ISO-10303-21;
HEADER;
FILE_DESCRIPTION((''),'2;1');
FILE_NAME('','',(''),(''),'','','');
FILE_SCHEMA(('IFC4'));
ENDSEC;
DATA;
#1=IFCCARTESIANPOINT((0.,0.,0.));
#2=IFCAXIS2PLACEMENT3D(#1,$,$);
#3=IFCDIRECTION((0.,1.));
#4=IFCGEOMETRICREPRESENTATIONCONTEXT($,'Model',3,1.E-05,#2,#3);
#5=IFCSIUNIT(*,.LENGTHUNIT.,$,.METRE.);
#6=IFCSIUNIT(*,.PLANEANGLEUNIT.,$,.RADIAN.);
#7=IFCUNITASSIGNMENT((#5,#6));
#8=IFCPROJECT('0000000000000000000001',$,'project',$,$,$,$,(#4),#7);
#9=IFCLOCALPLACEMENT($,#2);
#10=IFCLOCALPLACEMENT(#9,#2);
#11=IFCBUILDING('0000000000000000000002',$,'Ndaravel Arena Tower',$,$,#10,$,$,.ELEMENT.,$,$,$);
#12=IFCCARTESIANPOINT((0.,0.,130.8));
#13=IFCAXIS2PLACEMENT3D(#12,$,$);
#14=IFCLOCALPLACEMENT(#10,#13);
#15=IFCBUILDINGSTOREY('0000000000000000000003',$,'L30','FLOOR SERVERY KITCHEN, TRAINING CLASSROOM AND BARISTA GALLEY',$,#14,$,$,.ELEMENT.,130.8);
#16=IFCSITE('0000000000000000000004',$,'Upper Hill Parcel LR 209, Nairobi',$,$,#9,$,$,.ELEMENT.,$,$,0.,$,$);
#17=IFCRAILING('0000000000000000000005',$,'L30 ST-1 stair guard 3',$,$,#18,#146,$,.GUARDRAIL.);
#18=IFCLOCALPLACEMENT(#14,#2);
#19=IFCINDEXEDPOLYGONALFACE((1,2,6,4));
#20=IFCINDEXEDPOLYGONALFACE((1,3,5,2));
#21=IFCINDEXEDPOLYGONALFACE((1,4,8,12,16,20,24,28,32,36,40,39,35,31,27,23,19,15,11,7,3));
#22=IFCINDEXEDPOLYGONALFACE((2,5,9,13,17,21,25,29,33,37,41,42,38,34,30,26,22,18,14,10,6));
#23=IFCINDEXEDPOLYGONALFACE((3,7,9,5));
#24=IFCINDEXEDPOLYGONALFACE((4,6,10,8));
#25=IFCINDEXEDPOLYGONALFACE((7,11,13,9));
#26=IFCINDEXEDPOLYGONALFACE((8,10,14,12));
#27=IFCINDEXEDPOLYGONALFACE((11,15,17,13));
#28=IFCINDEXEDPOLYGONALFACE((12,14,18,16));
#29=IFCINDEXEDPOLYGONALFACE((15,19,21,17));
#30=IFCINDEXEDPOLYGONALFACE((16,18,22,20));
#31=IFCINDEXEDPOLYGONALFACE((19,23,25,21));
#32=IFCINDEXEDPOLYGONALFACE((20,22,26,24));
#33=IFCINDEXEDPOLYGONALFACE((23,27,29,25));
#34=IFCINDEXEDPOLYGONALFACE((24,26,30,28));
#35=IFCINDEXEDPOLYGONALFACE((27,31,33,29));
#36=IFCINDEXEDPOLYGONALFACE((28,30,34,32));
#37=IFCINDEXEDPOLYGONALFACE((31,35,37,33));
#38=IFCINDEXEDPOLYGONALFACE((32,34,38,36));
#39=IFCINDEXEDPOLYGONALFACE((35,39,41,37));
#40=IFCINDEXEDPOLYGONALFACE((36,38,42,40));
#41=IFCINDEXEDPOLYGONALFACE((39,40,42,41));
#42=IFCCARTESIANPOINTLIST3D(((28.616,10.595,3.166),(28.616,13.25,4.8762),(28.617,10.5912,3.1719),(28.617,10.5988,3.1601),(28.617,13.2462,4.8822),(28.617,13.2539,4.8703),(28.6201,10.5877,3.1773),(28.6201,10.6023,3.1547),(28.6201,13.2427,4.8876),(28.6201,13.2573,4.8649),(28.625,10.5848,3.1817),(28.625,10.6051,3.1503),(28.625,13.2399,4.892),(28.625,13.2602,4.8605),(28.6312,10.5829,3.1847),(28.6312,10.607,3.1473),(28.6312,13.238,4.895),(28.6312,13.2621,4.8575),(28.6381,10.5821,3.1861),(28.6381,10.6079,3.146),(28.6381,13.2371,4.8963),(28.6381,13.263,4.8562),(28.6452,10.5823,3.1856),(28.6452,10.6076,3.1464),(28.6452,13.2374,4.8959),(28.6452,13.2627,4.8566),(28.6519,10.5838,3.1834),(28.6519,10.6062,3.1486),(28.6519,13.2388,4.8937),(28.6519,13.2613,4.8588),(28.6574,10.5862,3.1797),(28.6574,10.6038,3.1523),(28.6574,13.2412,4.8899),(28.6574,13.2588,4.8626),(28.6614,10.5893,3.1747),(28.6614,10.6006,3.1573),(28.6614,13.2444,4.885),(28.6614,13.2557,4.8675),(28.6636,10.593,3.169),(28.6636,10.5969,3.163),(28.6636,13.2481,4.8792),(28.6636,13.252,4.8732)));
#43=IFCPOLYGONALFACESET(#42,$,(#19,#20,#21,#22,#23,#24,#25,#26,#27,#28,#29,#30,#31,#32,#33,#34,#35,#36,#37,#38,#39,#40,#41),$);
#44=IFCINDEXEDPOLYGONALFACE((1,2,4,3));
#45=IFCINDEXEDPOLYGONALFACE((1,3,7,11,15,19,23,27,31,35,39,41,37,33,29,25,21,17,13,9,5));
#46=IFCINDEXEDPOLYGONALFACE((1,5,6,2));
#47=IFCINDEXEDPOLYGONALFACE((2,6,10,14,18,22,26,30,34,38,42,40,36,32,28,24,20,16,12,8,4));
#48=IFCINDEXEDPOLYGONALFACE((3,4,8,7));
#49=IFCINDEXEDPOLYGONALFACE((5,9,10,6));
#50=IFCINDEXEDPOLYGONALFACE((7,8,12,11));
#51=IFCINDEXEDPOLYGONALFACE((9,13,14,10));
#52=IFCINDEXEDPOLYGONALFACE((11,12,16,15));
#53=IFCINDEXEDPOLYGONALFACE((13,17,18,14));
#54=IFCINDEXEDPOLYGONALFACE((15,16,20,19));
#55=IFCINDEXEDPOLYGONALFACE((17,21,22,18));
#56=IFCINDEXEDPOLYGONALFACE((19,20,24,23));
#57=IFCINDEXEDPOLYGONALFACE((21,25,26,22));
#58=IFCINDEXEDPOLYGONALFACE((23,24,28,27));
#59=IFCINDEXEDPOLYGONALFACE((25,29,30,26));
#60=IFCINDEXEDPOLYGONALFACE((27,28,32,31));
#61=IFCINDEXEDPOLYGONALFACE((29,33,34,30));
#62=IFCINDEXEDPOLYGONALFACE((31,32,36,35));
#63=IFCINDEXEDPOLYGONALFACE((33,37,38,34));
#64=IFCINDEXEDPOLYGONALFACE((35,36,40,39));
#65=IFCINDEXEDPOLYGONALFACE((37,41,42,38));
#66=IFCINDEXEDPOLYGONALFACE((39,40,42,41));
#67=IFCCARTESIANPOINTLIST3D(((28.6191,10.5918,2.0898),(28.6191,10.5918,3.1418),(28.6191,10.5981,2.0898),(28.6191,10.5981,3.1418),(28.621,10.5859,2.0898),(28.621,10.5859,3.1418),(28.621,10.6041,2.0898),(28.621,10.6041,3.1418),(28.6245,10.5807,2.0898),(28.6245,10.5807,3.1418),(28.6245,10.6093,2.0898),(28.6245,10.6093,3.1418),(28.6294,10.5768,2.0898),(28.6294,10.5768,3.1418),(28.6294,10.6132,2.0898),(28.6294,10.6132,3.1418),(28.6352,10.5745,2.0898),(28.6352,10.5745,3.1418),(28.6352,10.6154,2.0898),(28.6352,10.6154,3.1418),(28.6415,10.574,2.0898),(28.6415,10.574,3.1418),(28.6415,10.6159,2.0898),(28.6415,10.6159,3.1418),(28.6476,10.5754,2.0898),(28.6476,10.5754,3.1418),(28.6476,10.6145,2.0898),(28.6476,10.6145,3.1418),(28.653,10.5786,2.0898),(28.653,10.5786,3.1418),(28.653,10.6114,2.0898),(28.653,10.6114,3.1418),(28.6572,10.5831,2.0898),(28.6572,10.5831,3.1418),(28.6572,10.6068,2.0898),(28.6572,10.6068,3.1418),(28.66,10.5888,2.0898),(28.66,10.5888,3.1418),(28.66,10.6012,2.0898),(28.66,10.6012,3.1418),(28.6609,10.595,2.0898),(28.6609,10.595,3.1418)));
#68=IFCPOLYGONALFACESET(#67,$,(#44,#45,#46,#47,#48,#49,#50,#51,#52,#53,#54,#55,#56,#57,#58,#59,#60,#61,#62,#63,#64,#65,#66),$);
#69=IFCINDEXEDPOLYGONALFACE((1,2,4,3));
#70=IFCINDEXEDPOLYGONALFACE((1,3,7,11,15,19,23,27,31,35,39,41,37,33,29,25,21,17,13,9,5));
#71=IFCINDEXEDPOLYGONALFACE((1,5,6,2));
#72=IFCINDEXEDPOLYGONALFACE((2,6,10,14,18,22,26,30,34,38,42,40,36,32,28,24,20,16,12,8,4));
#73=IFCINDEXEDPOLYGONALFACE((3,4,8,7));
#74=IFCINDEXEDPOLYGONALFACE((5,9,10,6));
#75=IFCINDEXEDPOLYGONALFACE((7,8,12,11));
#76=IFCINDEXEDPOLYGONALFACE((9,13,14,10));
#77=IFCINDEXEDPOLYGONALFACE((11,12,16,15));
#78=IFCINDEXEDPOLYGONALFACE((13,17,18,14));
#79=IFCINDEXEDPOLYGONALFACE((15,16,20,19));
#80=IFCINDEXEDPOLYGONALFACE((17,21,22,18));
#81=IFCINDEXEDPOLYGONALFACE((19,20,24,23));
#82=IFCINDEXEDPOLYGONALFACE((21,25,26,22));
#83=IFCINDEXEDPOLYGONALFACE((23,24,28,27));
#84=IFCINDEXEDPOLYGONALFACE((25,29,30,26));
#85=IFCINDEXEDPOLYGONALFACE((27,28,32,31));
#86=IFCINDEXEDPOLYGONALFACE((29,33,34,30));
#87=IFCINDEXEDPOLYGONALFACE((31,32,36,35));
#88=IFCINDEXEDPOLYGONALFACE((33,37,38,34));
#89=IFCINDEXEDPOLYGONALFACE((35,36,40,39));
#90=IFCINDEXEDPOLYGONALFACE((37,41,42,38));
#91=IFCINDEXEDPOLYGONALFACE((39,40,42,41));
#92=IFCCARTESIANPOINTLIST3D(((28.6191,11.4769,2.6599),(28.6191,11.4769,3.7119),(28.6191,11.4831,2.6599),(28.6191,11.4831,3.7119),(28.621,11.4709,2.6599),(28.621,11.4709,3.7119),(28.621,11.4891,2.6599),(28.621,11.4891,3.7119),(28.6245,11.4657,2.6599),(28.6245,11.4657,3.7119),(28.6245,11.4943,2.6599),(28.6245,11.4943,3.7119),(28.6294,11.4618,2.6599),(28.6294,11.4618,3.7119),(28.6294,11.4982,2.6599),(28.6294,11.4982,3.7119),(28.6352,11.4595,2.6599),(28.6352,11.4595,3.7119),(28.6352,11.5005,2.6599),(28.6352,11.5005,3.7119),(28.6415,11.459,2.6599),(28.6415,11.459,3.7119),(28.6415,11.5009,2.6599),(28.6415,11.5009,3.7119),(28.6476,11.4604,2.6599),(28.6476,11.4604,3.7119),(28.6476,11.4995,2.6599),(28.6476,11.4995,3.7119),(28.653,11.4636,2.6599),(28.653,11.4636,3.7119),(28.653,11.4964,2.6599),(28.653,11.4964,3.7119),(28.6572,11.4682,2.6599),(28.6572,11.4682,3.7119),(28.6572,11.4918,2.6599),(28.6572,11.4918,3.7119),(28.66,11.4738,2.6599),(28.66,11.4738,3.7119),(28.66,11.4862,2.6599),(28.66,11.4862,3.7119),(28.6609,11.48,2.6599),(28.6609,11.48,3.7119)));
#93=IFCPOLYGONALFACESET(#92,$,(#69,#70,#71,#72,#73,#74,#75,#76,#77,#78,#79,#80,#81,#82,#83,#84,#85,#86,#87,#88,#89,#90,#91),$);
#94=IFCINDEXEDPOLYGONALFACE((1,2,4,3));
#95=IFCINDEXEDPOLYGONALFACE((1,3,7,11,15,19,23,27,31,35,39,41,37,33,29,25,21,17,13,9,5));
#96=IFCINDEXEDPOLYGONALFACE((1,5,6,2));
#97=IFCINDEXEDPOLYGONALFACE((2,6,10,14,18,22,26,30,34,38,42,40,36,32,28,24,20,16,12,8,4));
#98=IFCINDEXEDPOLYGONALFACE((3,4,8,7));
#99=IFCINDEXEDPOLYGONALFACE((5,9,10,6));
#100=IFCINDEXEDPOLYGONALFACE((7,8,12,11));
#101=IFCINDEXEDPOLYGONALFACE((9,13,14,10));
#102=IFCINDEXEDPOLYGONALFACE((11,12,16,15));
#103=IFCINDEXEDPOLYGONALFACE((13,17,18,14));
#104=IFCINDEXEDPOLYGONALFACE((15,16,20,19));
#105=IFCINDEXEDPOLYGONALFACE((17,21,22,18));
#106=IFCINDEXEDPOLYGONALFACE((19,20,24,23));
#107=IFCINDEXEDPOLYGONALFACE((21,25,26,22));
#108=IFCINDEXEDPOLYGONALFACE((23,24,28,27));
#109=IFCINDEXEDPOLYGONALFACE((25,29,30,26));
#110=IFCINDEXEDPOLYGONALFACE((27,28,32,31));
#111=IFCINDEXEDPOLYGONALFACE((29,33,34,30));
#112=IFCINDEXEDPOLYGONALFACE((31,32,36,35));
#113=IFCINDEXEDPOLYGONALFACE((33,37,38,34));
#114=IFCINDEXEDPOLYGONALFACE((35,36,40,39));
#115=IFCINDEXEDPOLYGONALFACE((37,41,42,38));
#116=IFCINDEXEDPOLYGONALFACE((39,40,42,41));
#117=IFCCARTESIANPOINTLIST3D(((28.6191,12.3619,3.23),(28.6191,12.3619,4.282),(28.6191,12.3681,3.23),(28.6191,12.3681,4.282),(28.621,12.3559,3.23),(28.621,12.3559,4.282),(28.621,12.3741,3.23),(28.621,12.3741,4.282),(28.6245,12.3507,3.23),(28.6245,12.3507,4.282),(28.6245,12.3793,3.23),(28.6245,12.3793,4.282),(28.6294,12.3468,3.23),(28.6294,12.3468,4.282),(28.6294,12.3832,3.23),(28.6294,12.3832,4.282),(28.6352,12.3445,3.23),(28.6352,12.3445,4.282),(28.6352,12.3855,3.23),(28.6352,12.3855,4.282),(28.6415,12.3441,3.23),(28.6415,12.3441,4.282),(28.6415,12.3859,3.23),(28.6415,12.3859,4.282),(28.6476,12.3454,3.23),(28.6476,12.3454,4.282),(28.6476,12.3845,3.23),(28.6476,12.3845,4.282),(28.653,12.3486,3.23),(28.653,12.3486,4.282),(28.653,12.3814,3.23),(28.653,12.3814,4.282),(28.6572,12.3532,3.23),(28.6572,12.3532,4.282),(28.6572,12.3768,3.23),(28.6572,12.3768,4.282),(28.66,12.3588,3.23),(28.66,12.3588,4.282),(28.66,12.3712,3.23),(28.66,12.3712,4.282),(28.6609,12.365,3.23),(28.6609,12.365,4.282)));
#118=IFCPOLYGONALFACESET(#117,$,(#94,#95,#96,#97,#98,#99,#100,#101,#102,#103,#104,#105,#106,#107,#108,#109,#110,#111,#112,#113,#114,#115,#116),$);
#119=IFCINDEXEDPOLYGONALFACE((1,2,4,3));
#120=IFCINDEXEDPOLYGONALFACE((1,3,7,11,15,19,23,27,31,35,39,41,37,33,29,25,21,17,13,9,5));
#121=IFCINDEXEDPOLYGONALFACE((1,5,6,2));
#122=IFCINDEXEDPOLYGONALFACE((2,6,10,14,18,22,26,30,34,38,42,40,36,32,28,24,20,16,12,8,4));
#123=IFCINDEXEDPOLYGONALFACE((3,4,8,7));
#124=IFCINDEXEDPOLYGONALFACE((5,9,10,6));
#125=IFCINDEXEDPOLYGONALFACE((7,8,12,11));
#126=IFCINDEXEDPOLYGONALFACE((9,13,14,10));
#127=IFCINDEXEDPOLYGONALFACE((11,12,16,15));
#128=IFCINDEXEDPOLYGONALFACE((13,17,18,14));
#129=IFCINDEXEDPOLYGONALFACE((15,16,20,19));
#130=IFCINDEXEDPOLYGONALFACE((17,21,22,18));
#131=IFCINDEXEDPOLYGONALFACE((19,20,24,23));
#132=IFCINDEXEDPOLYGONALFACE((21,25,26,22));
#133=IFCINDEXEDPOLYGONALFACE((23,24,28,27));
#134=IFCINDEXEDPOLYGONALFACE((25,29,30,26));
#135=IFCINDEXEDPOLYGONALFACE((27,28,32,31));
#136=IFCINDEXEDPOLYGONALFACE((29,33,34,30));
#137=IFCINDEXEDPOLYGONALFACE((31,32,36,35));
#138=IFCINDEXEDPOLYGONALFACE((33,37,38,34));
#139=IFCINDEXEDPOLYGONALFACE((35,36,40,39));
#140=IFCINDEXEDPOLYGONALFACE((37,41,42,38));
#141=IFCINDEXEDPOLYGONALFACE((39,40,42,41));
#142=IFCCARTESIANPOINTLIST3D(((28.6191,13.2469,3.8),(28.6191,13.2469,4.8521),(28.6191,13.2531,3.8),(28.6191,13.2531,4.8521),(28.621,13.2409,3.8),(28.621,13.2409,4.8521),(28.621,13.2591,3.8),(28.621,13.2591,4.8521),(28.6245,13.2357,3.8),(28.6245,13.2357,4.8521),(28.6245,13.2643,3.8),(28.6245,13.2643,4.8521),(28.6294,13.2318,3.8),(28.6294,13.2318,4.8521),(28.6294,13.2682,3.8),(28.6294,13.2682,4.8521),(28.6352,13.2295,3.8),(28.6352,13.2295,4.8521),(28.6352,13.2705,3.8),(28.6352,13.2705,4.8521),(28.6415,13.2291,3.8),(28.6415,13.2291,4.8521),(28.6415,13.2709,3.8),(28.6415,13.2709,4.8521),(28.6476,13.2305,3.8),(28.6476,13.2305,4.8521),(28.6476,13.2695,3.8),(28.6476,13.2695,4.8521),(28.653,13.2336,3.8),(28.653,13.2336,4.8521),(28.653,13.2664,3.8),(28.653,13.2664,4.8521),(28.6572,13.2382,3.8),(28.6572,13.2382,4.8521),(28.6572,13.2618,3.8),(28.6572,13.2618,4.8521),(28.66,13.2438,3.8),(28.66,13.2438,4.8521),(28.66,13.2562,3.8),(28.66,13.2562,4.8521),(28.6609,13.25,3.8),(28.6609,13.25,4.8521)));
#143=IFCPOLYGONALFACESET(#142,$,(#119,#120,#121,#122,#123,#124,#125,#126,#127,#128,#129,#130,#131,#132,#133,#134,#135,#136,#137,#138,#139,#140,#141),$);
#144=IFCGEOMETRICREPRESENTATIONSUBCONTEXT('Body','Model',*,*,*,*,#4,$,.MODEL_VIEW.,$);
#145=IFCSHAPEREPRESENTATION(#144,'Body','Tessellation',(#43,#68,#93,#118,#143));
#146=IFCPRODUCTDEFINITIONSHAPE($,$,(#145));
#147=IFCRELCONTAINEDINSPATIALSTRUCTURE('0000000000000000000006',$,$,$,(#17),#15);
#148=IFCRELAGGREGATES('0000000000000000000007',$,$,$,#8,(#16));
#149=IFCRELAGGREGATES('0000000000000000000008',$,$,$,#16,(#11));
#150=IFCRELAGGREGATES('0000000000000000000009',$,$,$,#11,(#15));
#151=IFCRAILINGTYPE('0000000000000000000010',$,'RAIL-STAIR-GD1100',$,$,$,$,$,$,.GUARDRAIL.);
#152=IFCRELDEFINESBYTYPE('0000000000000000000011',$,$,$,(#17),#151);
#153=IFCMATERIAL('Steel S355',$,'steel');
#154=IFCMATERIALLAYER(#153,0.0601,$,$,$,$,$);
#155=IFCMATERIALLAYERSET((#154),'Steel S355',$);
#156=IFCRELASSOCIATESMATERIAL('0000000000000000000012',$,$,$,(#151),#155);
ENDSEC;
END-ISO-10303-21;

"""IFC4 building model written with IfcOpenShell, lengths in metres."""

from ifc_helpers import new_model, si_unit, direction, frame, origin, origin_2d, place, context, subcontext, project, spatial, circle, extrude, material, layer, layer_set, type_object, element, save


model = new_model("IFC4")

# Units and contexts
model_context = context("Model", 3, precision=1e-05, world=origin(), true_north=direction((0.0, 1.0)))
body_context = subcontext(model_context, "Body", "Model", "MODEL_VIEW")
ifc_project = project(units=[si_unit("LENGTHUNIT", "METRE"), si_unit("PLANEANGLEUNIT", "RADIAN")], contexts=[model_context])

# Site, building, storey
site_placement = place(None, origin())
site = spatial("IfcSite", under=ifc_project, at=site_placement, Name="Upper Hill Parcel LR 209, Nairobi", CompositionType="ELEMENT", RefElevation=0.0)
building_placement = place(site_placement, origin())
building = spatial("IfcBuilding", under=site, at=building_placement, Name="Ndaravel Arena Tower", CompositionType="ELEMENT")
storey_placement = place(building_placement, frame((0.0, 0.0, 130.8)))
storey = spatial("IfcBuildingStorey", under=building, at=storey_placement, Name="L30", Description="FLOOR SERVERY KITCHEN, TRAINING CLASSROOM AND BARISTA GALLEY", CompositionType="ELEMENT", Elevation=130.8)

# Railing
ifc_material_1 = material(Name="Steel S355", Category="steel")
ifc_layer_1 = layer(ifc_material_1, 0.0601)
ifc_layer_set_1 = layer_set([ifc_layer_1], Name="Steel S355")
railing_type_1 = type_object("IfcRailingType", Name="RAIL-STAIR-GD1100", PredefinedType="GUARDRAIL", material=ifc_layer_set_1)
railing_1_placement = place(storey_placement, frame((28.6399, 10.595, 2.0898)))
element("IfcRailing", 1, at=railing_1_placement, inside=storey, type_object=railing_type_1, Name="L30 ST-1 stair guard 3", PredefinedType="GUARDRAIL", context=body_context, shape_type="SweptSolid", body=[
    extrude(circle(Radius=0.0239, at=origin_2d()), frame((0.0, 0.0, 1.0762), z_axis=(0.0, 0.840688, 0.541519), x_axis=(-1.0, 0.0, 0.0)), (0.0, 0.0, 1.0), 3.1582),
    extrude(circle(Radius=0.021, at=origin_2d()), origin(), (0.0, 0.0, 1.0), 1.052),
    extrude(circle(Radius=0.021, at=origin_2d()), frame((0.0, 0.885, 0.5701)), (0.0, 0.0, 1.0), 1.052),
    extrude(circle(Radius=0.021, at=origin_2d()), frame((0.0, 1.77, 1.1401)), (0.0, 0.0, 1.0), 1.052),
    extrude(circle(Radius=0.021, at=origin_2d()), frame((0.0, 2.655, 1.7102)), (0.0, 0.0, 1.0), 1.052),
])

save(model, "model.ifc")
